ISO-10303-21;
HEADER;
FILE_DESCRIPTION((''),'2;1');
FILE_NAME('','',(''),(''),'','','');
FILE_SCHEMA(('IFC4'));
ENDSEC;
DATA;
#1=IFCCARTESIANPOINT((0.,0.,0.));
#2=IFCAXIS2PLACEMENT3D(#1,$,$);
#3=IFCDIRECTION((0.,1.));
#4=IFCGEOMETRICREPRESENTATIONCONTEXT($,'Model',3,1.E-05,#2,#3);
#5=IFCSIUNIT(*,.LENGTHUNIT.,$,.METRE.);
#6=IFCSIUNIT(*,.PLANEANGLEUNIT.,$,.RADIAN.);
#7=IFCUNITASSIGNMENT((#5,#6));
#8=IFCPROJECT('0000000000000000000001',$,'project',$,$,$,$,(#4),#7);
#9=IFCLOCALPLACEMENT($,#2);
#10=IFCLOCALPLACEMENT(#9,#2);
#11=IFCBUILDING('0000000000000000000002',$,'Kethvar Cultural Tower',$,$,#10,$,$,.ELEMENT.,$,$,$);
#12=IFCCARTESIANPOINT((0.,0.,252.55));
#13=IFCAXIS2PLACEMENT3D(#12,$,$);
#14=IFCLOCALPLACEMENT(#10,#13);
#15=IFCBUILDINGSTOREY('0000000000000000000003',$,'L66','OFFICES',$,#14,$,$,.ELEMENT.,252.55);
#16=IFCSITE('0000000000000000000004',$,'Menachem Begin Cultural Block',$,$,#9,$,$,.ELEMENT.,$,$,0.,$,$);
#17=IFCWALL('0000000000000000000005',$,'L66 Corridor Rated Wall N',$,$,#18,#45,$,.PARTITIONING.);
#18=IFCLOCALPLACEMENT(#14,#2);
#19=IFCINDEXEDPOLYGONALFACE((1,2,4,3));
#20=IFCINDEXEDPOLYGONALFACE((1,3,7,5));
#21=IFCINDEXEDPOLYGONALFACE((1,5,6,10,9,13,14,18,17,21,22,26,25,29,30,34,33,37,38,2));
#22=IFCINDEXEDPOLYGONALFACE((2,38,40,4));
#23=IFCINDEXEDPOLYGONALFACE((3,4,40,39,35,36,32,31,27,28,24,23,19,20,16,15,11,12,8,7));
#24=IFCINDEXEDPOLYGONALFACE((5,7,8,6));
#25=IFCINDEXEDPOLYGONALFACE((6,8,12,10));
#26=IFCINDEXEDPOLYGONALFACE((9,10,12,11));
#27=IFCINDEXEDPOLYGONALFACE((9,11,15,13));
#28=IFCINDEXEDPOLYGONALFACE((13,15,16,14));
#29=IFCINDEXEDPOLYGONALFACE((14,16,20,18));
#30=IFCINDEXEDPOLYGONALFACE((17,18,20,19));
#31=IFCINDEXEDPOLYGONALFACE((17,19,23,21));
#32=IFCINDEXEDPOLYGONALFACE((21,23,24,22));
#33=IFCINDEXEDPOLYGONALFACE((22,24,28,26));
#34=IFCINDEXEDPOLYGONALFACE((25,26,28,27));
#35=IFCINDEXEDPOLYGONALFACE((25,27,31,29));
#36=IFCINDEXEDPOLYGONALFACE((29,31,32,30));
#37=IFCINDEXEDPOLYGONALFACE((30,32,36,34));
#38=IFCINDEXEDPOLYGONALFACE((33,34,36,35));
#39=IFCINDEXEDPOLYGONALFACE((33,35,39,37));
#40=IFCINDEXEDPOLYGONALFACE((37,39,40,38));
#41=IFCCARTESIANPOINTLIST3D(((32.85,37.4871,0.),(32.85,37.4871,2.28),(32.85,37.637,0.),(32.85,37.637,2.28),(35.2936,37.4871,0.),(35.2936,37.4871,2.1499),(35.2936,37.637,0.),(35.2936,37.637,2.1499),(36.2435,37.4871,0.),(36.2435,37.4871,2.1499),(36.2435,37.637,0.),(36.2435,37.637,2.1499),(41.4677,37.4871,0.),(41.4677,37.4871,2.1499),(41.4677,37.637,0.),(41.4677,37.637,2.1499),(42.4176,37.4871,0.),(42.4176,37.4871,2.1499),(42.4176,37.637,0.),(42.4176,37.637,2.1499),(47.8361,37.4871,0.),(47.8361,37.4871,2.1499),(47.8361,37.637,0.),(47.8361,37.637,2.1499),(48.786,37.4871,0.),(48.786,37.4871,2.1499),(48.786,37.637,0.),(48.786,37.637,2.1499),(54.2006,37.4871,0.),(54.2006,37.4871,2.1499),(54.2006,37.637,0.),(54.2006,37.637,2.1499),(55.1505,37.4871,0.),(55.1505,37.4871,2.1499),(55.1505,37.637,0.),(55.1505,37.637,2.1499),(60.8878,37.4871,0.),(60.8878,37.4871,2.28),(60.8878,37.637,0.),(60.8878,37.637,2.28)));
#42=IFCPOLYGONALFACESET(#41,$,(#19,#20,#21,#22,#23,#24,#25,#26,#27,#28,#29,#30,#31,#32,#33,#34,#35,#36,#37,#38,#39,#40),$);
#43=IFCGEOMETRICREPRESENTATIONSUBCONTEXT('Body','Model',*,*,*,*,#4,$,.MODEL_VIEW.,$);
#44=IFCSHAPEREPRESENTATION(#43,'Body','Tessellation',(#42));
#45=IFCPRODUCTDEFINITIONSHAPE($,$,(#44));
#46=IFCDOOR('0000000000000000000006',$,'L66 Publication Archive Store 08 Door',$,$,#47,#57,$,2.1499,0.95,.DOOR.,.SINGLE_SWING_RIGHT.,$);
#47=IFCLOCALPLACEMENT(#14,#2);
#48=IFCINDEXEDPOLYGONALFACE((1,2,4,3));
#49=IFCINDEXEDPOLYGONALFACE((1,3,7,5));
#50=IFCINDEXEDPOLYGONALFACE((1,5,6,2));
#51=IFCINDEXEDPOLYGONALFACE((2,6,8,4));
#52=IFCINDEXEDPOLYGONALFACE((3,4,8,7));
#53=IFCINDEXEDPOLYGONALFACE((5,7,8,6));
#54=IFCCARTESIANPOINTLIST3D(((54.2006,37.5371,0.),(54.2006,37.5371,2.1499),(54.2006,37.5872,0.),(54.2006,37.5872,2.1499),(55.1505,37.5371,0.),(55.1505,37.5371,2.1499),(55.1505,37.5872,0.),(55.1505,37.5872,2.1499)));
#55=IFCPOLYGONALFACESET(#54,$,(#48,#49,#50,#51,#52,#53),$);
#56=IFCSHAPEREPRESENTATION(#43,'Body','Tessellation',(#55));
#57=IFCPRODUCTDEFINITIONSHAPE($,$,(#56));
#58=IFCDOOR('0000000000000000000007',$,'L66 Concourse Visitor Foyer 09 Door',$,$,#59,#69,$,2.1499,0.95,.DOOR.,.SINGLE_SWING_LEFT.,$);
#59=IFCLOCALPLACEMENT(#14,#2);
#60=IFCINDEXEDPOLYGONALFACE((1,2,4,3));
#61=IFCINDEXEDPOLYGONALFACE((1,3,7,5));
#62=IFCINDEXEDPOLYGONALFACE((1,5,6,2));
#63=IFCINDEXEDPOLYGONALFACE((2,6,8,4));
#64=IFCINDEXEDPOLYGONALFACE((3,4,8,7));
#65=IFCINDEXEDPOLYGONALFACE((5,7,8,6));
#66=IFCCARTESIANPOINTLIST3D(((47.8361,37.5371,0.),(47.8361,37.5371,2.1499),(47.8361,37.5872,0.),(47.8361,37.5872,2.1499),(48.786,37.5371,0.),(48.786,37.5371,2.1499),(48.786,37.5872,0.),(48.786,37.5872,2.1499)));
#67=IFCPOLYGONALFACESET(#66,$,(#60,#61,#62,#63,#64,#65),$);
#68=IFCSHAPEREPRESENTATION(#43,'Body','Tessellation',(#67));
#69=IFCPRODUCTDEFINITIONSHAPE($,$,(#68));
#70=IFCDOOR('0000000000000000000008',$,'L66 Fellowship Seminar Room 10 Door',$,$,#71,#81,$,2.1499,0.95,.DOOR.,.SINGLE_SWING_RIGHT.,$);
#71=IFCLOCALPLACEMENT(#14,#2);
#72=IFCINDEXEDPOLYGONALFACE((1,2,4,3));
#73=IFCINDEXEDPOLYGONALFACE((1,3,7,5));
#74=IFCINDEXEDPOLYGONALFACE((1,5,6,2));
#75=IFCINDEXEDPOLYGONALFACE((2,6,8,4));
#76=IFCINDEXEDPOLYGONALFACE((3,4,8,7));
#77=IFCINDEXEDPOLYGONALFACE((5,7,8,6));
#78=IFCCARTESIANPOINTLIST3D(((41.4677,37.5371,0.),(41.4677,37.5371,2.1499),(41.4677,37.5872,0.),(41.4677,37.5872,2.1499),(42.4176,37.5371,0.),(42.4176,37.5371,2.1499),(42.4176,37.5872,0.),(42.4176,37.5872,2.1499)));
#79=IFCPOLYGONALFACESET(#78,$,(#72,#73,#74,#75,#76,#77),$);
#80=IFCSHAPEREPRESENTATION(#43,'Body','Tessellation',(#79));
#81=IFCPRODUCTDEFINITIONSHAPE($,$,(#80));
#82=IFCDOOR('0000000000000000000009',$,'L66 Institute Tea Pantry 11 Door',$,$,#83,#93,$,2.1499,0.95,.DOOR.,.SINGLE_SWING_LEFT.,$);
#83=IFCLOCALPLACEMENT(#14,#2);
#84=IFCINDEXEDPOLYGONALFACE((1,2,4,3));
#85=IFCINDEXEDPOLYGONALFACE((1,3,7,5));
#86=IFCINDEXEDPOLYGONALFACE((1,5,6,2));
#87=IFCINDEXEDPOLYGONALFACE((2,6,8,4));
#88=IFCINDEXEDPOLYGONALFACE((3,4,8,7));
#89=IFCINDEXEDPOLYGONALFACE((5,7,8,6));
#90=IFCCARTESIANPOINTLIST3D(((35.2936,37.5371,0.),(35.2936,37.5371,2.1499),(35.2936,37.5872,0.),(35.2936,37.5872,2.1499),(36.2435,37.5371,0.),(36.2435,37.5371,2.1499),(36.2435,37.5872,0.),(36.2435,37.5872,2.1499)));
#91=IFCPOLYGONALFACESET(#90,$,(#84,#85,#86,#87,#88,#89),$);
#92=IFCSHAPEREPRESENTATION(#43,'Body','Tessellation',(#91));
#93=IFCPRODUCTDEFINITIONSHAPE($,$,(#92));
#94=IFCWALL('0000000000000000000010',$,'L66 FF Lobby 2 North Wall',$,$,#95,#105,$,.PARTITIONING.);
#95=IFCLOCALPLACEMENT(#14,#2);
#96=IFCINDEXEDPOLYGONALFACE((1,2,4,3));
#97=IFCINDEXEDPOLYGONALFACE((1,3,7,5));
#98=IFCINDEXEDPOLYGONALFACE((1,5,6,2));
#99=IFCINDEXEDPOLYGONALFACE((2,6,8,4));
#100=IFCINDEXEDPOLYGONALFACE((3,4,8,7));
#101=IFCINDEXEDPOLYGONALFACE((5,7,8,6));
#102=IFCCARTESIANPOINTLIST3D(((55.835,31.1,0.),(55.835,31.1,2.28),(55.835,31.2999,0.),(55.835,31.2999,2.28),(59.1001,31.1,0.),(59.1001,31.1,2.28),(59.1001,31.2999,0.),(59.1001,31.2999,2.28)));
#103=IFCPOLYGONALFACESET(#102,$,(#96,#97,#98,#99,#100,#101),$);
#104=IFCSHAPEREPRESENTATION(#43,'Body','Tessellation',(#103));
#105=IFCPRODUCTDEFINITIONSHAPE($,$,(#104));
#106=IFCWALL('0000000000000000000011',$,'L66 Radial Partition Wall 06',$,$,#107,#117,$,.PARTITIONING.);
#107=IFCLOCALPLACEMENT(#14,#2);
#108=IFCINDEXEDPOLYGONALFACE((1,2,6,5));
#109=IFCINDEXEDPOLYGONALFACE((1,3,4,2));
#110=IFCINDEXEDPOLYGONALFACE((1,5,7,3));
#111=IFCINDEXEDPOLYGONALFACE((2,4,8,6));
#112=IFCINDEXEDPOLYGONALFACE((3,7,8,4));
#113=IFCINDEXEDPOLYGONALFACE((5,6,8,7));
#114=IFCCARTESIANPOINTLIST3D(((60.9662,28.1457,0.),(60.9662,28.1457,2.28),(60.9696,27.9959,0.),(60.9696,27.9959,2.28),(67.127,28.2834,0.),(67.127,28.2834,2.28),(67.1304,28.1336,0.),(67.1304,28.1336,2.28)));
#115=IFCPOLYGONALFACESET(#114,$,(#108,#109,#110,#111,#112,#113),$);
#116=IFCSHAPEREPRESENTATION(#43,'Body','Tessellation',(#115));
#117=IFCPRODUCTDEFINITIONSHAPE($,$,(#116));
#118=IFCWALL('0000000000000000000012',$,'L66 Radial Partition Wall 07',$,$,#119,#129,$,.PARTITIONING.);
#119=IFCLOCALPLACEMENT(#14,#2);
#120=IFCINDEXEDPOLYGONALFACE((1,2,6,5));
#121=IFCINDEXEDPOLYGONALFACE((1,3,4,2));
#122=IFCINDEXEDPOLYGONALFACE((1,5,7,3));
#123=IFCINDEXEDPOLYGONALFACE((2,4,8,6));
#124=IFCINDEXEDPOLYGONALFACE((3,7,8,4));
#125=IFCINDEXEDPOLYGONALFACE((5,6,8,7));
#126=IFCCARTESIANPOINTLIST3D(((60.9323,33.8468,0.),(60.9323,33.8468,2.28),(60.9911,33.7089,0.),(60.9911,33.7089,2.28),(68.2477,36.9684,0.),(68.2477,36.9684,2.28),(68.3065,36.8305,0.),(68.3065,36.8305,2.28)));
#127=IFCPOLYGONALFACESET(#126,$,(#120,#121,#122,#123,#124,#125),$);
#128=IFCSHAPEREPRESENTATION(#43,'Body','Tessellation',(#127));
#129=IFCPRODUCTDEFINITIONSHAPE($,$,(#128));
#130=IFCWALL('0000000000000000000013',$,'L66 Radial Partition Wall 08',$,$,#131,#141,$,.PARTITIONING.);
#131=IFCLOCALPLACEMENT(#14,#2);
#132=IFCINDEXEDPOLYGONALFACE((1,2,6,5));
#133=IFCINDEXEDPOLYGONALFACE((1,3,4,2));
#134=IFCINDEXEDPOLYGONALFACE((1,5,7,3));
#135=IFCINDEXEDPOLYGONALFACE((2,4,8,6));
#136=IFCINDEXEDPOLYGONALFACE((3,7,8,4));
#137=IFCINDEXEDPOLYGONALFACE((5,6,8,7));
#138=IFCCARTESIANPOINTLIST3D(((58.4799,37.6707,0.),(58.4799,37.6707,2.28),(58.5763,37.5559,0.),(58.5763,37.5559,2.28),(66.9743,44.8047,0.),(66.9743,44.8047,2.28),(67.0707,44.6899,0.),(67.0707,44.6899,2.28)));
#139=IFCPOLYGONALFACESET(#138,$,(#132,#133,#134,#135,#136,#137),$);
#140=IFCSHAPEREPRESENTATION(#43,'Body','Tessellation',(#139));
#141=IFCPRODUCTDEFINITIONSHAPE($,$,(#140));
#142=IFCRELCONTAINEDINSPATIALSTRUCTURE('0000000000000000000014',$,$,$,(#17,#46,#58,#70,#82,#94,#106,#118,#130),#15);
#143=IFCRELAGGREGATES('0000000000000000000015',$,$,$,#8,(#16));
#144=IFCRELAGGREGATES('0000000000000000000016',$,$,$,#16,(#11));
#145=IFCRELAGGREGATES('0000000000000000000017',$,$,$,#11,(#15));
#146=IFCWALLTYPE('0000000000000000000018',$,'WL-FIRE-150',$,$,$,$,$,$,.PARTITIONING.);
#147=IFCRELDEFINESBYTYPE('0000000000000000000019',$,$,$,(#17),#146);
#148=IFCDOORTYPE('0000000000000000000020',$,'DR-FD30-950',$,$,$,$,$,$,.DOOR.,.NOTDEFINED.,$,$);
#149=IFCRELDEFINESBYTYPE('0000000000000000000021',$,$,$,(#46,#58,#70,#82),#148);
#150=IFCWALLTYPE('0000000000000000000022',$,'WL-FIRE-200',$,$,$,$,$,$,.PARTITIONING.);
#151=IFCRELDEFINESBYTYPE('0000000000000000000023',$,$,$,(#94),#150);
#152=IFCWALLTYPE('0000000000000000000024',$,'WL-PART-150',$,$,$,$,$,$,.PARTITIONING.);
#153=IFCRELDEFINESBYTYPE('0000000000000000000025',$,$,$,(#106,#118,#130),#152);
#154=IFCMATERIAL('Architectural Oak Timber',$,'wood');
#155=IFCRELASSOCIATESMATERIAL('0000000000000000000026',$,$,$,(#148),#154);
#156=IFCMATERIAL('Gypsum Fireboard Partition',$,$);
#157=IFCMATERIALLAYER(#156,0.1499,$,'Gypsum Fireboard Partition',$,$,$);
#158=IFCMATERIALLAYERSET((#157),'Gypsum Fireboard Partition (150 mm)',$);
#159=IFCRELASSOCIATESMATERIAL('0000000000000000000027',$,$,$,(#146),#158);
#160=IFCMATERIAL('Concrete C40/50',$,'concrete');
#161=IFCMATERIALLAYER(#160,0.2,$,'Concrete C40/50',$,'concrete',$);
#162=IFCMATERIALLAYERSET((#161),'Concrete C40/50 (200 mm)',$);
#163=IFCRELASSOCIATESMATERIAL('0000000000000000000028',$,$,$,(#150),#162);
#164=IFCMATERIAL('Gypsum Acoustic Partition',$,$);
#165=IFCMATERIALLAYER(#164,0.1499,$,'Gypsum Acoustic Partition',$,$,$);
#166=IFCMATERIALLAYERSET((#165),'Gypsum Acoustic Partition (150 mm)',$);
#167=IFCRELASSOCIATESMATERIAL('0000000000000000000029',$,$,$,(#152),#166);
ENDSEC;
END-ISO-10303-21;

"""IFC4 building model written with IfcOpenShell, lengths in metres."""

from ifc_helpers import new_model, si_unit, direction, frame, frame_2d, origin, place, context, subcontext, project, spatial, rectangle, extrude, source, transform, mapped, material, layer, layer_set, type_object, element, fill, save


model = new_model("IFC4")

# Units and contexts
model_context = context("Model", 3, precision=1e-05, world=origin(), true_north=direction((0.0, 1.0)))
body_context = subcontext(model_context, "Body", "Model", "MODEL_VIEW")
ifc_project = project(units=[si_unit("LENGTHUNIT", "METRE"), si_unit("PLANEANGLEUNIT", "RADIAN")], contexts=[model_context])

# Site, building, storey
site_placement = place(None, origin())
site = spatial("IfcSite", under=ifc_project, at=site_placement, Name="Menachem Begin Cultural Block", CompositionType="ELEMENT", RefElevation=0.0)
building_placement = place(site_placement, origin())
building = spatial("IfcBuilding", under=site, at=building_placement, Name="Kethvar Cultural Tower", CompositionType="ELEMENT")
storey_placement = place(building_placement, frame((0.0, 0.0, 252.55)))
storey = spatial("IfcBuildingStorey", under=building, at=storey_placement, Name="L66", Description="OFFICES", CompositionType="ELEMENT", Elevation=252.55)

# Wall, openings, doors
ifc_material_1 = material(Name="Architectural Oak Timber", Category="wood")
door_type_1 = type_object("IfcDoorType", Name="DR-FD30-950", OperationType="NOTDEFINED", PredefinedType="DOOR", material=ifc_material_1)
shared_shape_1 = source(origin(), body_context, "Body", "SweptSolid", [
    extrude(rectangle(XDim=0.95, YDim=2.1499, at=frame_2d((0.4751, 1.075))), frame((0.0, 0.0249, 0.0), z_axis=(0.0, -1.0, 0.0), x_axis=(1.0, 0.0, 0.0)), (0.0, 0.0, 1.0), 0.05),
])
ifc_material_2 = material(Name="Gypsum Fireboard Partition")
ifc_layer_1 = layer(ifc_material_2, 0.1499, Name="Gypsum Fireboard Partition")
ifc_layer_set_1 = layer_set([ifc_layer_1], Name="Gypsum Fireboard Partition (150 mm)")
wall_type_1 = type_object("IfcWallType", Name="WL-FIRE-150", PredefinedType="PARTITIONING", material=ifc_layer_set_1)
wall_1_placement = place(storey_placement, frame((60.8879, 37.562, 0.0), z_axis=(0.0, 0.0, 1.0), x_axis=(-1.0, 0.0, 0.0)))
wall_1 = element("IfcWall", 1, at=wall_1_placement, inside=storey, type_object=wall_type_1, Name="L66 Corridor Rated Wall N", PredefinedType="PARTITIONING", context=body_context, shape_type="SweptSolid", body=[
    extrude(rectangle(XDim=28.0378, YDim=0.1499, at=frame_2d((14.019, 0.0))), origin(), (0.0, 0.0, 1.0), 2.28),
])
opening_1_placement = place(wall_1_placement, frame((5.7373, 0.0, 0.0)))
opening_1 = element("IfcOpeningElement", 2, at=opening_1_placement, cuts=wall_1, PredefinedType="OPENING", context=body_context, shape_type="SweptSolid", body=[
    extrude(rectangle(XDim=0.95, YDim=2.1499, at=frame_2d((0.4751, 1.075))), frame((0.0, 0.085, 0.0), z_axis=(0.0, -1.0, 0.0), x_axis=(1.0, 0.0, 0.0)), (0.0, 0.0, 1.0), 0.1699),
])
opening_2_placement = place(wall_1_placement, frame((12.1018, 0.0, 0.0)))
opening_2 = element("IfcOpeningElement", 3, at=opening_2_placement, cuts=wall_1, PredefinedType="OPENING", context=body_context, shape_type="SweptSolid", body=[
    extrude(rectangle(XDim=0.95, YDim=2.1499, at=frame_2d((0.4751, 1.075))), frame((0.0, 0.085, 0.0), z_axis=(0.0, -1.0, 0.0), x_axis=(1.0, 0.0, 0.0)), (0.0, 0.0, 1.0), 0.1699),
])
opening_3_placement = place(wall_1_placement, frame((18.4702, 0.0, 0.0)))
opening_3 = element("IfcOpeningElement", 4, at=opening_3_placement, cuts=wall_1, PredefinedType="OPENING", context=body_context, shape_type="SweptSolid", body=[
    extrude(rectangle(XDim=0.95, YDim=2.1499, at=frame_2d((0.4751, 1.075))), frame((0.0, 0.085, 0.0), z_axis=(0.0, -1.0, 0.0), x_axis=(1.0, 0.0, 0.0)), (0.0, 0.0, 1.0), 0.1699),
])
opening_4_placement = place(wall_1_placement, frame((24.6443, 0.0, 0.0)))
opening_4 = element("IfcOpeningElement", 5, at=opening_4_placement, cuts=wall_1, PredefinedType="OPENING", context=body_context, shape_type="SweptSolid", body=[
    extrude(rectangle(XDim=0.95, YDim=2.1499, at=frame_2d((0.4751, 1.075))), frame((0.0, 0.085, 0.0), z_axis=(0.0, -1.0, 0.0), x_axis=(1.0, 0.0, 0.0)), (0.0, 0.0, 1.0), 0.1699),
])
door_1_placement = place(opening_1_placement, origin())
door_1 = element("IfcDoor", 6, at=door_1_placement, inside=storey, type_object=door_type_1, Name="L66 Publication Archive Store 08 Door", OperationType="SINGLE_SWING_RIGHT", OverallHeight=2.1499, OverallWidth=0.95, PredefinedType="DOOR", context=body_context, shape_type="MappedRepresentation", body=[
    mapped(shared_shape_1, transform((0.0, 0.0, 0.0), scale=1.0)),
])
fill(opening_1, door_1)
door_2_placement = place(opening_2_placement, origin())
door_2 = element("IfcDoor", 7, at=door_2_placement, inside=storey, type_object=door_type_1, Name="L66 Concourse Visitor Foyer 09 Door", OperationType="SINGLE_SWING_LEFT", OverallHeight=2.1499, OverallWidth=0.95, PredefinedType="DOOR", context=body_context, shape_type="MappedRepresentation", body=[
    mapped(shared_shape_1, transform((0.0, 0.0, 0.0), scale=1.0)),
])
fill(opening_2, door_2)
door_3_placement = place(opening_3_placement, origin())
door_3 = element("IfcDoor", 8, at=door_3_placement, inside=storey, type_object=door_type_1, Name="L66 Fellowship Seminar Room 10 Door", OperationType="SINGLE_SWING_RIGHT", OverallHeight=2.1499, OverallWidth=0.95, PredefinedType="DOOR", context=body_context, shape_type="MappedRepresentation", body=[
    mapped(shared_shape_1, transform((0.0, 0.0, 0.0), scale=1.0)),
])
fill(opening_3, door_3)
door_4_placement = place(opening_4_placement, origin())
door_4 = element("IfcDoor", 9, at=door_4_placement, inside=storey, type_object=door_type_1, Name="L66 Institute Tea Pantry 11 Door", OperationType="SINGLE_SWING_LEFT", OverallHeight=2.1499, OverallWidth=0.95, PredefinedType="DOOR", context=body_context, shape_type="MappedRepresentation", body=[
    mapped(shared_shape_1, transform((0.0, 0.0, 0.0), scale=1.0)),
])
fill(opening_4, door_4)

# Walls
ifc_material_3 = material(Name="Concrete C40/50", Category="concrete")
ifc_layer_2 = layer(ifc_material_3, 0.2, Name="Concrete C40/50", Category="concrete")
ifc_layer_set_2 = layer_set([ifc_layer_2], Name="Concrete C40/50 (200 mm)")
wall_type_2 = type_object("IfcWallType", Name="WL-FIRE-200", PredefinedType="PARTITIONING", material=ifc_layer_set_2)
wall_2_placement = place(storey_placement, frame((55.835, 31.2, 0.0), z_axis=(0.0, 0.0, 1.0), x_axis=(1.0, 0.0, 0.0)))
element("IfcWall", 10, at=wall_2_placement, inside=storey, type_object=wall_type_2, Name="L66 FF Lobby 2 North Wall", PredefinedType="PARTITIONING", context=body_context, shape_type="SweptSolid", body=[
    extrude(rectangle(XDim=3.2651, YDim=0.2, at=frame_2d((1.6326, 0.0))), origin(), (0.0, 0.0, 1.0), 2.28),
])
ifc_material_4 = material(Name="Gypsum Acoustic Partition")
ifc_layer_3 = layer(ifc_material_4, 0.1499, Name="Gypsum Acoustic Partition")
ifc_layer_set_3 = layer_set([ifc_layer_3], Name="Gypsum Acoustic Partition (150 mm)")
wall_type_3 = type_object("IfcWallType", Name="WL-PART-150", PredefinedType="PARTITIONING", material=ifc_layer_set_3)
wall_3_placement = place(storey_placement, frame((60.968, 28.0708, 0.0), z_axis=(0.0, 0.0, 1.0), x_axis=(0.99975, 0.022344, 0.0)))
element("IfcWall", 11, at=wall_3_placement, inside=storey, type_object=wall_type_3, Name="L66 Radial Partition Wall 06", PredefinedType="PARTITIONING", context=body_context, shape_type="SweptSolid", body=[
    extrude(rectangle(XDim=6.1624, YDim=0.1499, at=frame_2d((3.0811, 0.0))), origin(), (0.0, 0.0, 1.0), 2.28),
])
wall_4_placement = place(storey_placement, frame((60.9617, 33.7778, 0.0), z_axis=(0.0, 0.0, 1.0), x_axis=(0.919763, 0.392474, 0.0)))
element("IfcWall", 12, at=wall_4_placement, inside=storey, type_object=wall_type_3, Name="L66 Radial Partition Wall 07", PredefinedType="PARTITIONING", context=body_context, shape_type="SweptSolid", body=[
    extrude(rectangle(XDim=7.9536, YDim=0.1499, at=frame_2d((3.9768, 0.0))), origin(), (0.0, 0.0, 1.0), 2.28),
])
wall_5_placement = place(storey_placement, frame((58.5281, 37.6133, 0.0), z_axis=(0.0, 0.0, 1.0), x_axis=(0.76576, 0.643126, 0.0)))
element("IfcWall", 13, at=wall_5_placement, inside=storey, type_object=wall_type_3, Name="L66 Radial Partition Wall 08", PredefinedType="PARTITIONING", context=body_context, shape_type="SweptSolid", body=[
    extrude(rectangle(XDim=11.0928, YDim=0.1499, at=frame_2d((5.5464, 0.0))), origin(), (0.0, 0.0, 1.0), 2.28),
])

save(model, "model.ifc")
